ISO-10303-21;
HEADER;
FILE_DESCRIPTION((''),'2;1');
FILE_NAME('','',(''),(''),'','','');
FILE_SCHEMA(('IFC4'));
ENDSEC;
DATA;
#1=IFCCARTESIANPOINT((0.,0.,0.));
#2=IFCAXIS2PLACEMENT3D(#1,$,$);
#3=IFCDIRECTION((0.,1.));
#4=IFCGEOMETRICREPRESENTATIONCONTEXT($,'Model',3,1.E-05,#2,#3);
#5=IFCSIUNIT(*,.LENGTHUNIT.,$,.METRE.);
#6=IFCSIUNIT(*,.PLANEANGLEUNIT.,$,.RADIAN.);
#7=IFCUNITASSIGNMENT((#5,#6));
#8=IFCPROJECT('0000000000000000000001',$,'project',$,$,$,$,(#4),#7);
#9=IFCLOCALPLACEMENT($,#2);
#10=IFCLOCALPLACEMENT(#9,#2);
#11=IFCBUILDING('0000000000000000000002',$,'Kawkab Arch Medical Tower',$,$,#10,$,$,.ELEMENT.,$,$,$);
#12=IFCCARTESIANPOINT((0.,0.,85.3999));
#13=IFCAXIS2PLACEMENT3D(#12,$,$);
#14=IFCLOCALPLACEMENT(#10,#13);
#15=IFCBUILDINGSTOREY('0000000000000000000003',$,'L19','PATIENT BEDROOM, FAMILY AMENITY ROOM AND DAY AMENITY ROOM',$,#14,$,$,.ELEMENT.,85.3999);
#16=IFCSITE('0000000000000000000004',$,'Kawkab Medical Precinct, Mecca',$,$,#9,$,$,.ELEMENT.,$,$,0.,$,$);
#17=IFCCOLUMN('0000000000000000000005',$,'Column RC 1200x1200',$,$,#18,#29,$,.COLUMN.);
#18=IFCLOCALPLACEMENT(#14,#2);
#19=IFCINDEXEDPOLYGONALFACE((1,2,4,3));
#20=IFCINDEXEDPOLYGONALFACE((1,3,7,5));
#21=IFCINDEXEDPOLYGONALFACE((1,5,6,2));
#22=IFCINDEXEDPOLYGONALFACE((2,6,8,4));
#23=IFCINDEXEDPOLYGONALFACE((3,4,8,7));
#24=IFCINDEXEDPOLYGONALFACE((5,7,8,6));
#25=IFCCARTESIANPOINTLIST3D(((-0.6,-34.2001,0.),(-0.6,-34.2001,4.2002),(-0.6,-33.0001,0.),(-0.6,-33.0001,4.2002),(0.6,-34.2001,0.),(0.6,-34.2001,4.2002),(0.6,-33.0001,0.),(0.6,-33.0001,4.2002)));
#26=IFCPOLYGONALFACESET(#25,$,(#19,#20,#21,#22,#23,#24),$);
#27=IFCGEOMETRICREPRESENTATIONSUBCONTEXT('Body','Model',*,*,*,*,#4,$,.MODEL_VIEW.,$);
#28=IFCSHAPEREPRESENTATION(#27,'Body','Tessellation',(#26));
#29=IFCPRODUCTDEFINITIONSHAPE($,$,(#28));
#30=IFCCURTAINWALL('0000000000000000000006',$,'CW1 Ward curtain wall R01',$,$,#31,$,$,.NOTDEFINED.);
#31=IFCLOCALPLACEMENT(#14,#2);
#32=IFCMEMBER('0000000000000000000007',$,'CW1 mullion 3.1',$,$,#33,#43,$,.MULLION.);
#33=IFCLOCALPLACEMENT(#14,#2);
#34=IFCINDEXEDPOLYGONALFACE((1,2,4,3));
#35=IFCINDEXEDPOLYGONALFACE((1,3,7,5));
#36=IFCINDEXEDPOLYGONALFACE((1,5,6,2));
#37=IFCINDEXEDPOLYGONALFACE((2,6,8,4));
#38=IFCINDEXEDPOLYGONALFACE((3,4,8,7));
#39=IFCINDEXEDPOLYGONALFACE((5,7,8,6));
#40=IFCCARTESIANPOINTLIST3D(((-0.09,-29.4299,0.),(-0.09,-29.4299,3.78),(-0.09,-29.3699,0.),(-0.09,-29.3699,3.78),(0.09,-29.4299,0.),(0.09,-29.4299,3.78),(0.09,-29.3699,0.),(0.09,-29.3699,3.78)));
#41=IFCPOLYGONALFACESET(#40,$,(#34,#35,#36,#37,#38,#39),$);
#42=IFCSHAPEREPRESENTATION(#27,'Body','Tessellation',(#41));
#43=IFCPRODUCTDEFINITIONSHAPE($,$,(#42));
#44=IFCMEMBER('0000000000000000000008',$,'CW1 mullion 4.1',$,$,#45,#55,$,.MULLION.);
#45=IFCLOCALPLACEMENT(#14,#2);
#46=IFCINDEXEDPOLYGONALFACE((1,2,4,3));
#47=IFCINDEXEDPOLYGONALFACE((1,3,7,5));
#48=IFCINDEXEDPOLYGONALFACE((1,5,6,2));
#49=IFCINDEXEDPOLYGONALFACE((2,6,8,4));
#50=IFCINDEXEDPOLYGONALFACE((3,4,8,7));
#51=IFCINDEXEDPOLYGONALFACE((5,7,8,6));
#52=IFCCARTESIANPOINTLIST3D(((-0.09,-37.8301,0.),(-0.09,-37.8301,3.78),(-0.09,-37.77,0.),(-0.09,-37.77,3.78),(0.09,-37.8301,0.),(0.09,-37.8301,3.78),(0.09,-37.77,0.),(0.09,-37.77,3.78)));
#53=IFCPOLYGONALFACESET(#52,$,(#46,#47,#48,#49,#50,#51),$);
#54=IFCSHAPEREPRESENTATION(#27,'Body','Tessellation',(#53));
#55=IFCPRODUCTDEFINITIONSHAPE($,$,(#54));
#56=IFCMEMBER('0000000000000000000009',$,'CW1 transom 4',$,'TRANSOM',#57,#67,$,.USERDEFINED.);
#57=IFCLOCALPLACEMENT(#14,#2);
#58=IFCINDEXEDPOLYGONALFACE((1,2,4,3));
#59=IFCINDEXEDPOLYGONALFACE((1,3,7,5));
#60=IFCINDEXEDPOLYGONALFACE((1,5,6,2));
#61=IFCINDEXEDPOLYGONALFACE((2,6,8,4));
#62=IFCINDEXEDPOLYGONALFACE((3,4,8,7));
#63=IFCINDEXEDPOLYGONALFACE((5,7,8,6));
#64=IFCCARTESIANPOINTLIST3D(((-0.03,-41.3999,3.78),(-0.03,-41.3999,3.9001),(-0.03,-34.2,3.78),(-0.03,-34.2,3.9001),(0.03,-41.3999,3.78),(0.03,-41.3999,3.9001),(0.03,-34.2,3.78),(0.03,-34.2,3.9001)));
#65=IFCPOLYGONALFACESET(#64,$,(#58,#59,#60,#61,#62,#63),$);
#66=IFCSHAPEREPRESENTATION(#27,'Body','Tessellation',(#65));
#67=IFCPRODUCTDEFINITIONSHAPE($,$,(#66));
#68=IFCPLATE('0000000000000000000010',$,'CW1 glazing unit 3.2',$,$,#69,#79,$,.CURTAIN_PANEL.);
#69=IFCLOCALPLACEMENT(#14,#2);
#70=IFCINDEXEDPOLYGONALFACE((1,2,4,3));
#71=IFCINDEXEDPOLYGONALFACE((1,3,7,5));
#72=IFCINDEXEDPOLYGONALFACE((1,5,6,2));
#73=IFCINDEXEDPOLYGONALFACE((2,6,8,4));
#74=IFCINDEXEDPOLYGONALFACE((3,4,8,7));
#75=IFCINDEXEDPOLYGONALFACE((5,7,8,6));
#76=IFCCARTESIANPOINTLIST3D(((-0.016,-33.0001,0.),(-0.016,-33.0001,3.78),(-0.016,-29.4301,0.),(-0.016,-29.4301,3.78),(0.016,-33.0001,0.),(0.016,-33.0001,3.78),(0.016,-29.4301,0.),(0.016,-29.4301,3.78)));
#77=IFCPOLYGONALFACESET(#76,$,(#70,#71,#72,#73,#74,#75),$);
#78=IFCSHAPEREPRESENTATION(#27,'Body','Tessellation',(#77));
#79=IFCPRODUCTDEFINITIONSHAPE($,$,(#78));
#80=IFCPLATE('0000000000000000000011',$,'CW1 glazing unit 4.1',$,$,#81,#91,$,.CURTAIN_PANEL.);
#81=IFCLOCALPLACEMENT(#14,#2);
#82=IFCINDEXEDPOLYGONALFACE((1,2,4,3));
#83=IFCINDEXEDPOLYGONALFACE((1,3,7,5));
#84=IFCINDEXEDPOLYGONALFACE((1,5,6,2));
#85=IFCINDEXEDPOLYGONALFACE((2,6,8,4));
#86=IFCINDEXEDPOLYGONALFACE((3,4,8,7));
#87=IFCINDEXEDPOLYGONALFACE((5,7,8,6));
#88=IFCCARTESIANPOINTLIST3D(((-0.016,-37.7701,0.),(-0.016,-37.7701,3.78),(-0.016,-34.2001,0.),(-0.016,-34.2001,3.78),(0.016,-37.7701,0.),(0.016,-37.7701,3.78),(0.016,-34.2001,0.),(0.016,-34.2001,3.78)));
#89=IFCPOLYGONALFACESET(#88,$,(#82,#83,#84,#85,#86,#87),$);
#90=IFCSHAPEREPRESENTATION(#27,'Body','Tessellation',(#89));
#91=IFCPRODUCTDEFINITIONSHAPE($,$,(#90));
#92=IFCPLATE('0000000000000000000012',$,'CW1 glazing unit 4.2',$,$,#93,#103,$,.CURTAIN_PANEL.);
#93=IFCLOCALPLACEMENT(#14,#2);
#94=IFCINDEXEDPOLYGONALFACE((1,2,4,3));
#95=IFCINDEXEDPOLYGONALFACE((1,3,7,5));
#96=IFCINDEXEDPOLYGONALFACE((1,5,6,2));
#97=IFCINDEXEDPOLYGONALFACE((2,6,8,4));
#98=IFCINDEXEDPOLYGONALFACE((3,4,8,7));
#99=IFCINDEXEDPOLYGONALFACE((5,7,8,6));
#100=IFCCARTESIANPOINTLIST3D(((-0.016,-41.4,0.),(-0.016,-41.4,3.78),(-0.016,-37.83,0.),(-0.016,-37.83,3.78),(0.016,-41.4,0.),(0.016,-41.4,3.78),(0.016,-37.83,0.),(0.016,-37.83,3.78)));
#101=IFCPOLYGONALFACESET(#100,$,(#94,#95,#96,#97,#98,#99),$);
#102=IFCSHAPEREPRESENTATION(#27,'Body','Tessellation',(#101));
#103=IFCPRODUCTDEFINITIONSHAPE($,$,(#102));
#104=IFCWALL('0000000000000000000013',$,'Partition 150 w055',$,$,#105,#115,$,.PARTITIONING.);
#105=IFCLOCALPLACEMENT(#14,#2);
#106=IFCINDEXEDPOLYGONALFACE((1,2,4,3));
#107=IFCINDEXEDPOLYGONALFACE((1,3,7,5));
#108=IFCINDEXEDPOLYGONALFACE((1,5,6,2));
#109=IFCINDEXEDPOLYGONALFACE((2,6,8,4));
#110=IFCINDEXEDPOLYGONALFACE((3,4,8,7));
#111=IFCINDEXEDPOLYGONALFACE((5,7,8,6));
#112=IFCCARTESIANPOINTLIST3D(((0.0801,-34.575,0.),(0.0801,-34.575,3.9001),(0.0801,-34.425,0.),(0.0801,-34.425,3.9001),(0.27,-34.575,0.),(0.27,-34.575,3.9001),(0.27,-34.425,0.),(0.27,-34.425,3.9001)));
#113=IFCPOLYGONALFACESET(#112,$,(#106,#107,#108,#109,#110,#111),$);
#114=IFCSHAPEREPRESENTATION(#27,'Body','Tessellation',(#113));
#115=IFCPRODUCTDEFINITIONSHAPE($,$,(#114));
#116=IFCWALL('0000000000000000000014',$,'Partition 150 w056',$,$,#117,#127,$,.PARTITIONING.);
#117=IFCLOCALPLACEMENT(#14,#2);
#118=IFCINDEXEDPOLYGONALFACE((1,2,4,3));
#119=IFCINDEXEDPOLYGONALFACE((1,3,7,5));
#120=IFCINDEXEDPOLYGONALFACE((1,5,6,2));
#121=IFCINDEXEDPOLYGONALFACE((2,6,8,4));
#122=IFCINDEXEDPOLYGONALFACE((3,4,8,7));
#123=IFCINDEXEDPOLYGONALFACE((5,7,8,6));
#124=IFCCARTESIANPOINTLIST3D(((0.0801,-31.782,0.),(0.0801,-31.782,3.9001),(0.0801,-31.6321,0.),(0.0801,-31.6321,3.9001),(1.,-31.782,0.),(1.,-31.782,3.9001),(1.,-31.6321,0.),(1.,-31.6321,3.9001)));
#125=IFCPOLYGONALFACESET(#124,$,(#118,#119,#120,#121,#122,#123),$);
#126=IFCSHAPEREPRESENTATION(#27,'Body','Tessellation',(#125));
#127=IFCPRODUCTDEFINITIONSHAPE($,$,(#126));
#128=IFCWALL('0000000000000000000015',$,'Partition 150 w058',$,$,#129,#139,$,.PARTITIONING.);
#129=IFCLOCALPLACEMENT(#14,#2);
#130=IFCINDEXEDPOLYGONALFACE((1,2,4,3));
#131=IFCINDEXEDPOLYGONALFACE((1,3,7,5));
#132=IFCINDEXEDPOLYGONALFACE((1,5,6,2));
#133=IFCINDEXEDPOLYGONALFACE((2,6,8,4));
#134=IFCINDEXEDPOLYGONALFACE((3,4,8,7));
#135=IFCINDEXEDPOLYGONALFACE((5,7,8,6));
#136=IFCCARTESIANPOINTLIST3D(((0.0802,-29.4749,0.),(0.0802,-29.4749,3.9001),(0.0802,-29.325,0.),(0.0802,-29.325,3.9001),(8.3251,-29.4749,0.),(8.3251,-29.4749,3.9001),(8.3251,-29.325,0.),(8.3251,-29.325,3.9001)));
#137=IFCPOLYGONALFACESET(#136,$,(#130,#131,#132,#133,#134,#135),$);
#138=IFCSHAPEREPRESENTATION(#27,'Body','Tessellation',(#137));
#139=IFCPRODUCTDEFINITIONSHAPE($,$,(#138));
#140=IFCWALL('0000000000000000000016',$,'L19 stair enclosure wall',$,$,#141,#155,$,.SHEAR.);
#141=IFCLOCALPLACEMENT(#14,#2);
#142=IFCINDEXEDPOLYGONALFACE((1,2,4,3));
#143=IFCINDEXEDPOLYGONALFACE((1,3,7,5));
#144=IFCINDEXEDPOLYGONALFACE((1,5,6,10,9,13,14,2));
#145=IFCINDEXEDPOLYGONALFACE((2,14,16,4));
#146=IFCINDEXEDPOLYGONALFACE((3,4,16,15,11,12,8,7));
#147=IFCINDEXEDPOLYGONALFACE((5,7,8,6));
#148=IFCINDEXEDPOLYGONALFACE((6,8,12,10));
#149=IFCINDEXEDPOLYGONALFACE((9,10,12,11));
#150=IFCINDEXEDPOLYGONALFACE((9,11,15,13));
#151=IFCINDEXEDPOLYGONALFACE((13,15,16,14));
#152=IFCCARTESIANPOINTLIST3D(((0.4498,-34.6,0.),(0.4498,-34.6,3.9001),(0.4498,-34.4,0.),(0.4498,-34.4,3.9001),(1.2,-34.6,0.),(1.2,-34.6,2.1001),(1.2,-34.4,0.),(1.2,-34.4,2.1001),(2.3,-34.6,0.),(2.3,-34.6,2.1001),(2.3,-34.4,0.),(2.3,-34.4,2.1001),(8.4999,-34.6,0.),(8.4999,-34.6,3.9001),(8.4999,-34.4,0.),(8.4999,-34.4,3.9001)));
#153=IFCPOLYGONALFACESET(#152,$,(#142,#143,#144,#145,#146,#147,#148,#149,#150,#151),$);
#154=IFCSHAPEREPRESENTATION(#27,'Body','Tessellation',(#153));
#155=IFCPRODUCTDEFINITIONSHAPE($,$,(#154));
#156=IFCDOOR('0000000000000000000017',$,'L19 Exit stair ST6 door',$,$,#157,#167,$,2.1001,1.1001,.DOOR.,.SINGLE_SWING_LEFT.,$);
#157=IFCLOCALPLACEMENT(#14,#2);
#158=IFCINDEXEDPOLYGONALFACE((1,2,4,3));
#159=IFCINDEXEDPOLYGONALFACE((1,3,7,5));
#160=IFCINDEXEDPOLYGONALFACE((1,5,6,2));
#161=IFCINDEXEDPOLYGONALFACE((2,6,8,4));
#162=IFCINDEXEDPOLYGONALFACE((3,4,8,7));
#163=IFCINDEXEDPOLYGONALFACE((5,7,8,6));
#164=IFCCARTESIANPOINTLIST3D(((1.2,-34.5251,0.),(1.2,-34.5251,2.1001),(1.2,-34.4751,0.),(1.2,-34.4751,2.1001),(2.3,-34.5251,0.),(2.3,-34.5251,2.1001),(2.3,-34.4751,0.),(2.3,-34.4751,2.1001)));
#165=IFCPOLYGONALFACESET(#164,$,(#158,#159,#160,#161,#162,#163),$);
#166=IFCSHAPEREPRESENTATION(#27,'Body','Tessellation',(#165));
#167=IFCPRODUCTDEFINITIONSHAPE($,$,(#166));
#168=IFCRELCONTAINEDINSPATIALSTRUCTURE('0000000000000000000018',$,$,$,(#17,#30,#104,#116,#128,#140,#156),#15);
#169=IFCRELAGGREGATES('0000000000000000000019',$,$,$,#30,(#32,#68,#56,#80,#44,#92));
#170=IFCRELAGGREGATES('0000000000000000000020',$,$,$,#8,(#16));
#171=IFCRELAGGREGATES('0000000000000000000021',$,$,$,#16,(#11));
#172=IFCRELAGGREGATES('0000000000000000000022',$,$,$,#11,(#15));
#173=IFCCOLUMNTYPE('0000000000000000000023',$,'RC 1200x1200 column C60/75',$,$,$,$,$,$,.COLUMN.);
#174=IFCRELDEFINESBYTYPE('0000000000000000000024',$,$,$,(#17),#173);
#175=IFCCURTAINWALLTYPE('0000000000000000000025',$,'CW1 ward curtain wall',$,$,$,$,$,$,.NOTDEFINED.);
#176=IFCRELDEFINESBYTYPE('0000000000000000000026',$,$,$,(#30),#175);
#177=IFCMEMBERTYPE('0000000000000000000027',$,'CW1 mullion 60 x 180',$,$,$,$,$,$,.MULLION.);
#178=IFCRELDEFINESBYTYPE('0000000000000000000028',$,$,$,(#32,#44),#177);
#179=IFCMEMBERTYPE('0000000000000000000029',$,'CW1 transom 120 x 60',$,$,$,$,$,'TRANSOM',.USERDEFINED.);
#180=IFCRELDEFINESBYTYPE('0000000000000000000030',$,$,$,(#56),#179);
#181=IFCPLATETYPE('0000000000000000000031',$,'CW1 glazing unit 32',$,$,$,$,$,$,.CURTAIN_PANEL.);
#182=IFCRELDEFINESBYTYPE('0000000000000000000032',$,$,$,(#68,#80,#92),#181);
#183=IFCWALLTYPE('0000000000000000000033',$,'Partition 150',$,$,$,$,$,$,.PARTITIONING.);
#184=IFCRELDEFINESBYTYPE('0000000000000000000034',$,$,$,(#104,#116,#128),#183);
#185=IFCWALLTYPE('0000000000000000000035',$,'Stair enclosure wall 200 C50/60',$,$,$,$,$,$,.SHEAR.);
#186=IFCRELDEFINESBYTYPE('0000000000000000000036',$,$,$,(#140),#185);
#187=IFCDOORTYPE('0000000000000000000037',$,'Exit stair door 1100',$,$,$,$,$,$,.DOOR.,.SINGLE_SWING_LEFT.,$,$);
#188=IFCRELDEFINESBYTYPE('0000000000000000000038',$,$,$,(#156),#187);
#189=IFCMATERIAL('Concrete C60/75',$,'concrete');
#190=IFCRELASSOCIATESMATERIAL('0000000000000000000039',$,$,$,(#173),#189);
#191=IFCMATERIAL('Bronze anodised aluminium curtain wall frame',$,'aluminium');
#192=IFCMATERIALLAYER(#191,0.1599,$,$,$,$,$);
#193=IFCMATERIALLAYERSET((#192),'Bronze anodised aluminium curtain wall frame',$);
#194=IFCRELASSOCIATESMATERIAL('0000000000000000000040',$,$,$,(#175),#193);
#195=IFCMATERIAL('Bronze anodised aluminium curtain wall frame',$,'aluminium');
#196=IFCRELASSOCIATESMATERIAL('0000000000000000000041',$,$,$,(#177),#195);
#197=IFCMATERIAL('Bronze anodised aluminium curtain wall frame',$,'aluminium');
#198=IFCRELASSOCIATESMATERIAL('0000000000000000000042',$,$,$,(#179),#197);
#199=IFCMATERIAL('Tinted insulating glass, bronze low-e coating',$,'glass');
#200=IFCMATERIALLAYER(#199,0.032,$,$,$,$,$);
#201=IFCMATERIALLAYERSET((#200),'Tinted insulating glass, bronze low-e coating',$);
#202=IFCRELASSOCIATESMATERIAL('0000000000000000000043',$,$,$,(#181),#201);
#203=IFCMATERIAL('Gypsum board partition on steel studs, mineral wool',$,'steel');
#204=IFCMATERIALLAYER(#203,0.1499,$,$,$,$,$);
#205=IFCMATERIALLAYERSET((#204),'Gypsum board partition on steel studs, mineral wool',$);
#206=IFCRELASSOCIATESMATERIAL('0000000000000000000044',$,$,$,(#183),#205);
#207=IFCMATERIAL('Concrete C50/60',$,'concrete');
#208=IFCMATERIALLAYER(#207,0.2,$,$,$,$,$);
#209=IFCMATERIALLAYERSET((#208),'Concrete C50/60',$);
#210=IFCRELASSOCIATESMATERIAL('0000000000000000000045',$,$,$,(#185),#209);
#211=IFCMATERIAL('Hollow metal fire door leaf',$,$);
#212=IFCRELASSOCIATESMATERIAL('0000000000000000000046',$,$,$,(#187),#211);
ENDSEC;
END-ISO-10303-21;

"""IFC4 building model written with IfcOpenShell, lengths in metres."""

from ifc_helpers import new_model, si_unit, direction, frame, frame_2d, origin, origin_2d, place, context, subcontext, project, spatial, rectangle, extrude, material, layer, layer_set, material_profile, profile_set, type_object, element, fill, aggregate, save


model = new_model("IFC4")

# Units and contexts
model_context = context("Model", 3, precision=1e-05, world=origin(), true_north=direction((0.0, 1.0)))
body_context = subcontext(model_context, "Body", "Model", "MODEL_VIEW")
ifc_project = project(units=[si_unit("LENGTHUNIT", "METRE"), si_unit("PLANEANGLEUNIT", "RADIAN")], contexts=[model_context])

# Site, building, storey
site_placement = place(None, origin())
site = spatial("IfcSite", under=ifc_project, at=site_placement, Name="Kawkab Medical Precinct, Mecca", CompositionType="ELEMENT", RefElevation=0.0)
building_placement = place(site_placement, origin())
building = spatial("IfcBuilding", under=site, at=building_placement, Name="Kawkab Arch Medical Tower", CompositionType="ELEMENT")
storey_placement = place(building_placement, frame((0.0, 0.0, 85.3999)))
storey = spatial("IfcBuildingStorey", under=building, at=storey_placement, Name="L19", Description="PATIENT BEDROOM, FAMILY AMENITY ROOM AND DAY AMENITY ROOM", CompositionType="ELEMENT", Elevation=85.3999)

# Column
ifc_material_1 = material(Name="Concrete C60/75", Category="concrete")
ifc_material_profile_1 = material_profile(ifc_material_1, rectangle(XDim=1.2, YDim=1.2, at=origin_2d()), Name="RC 1200x1200")
ifc_profile_set_1 = profile_set([ifc_material_profile_1], Name="Concrete C60/75")
column_type = type_object("IfcColumnType", Name="RC 1200x1200 column C60/75", PredefinedType="COLUMN", material=ifc_profile_set_1)
column_placement = place(storey_placement, frame((0.0, -33.6001, 0.0), z_axis=(0.0, 0.0, 1.0), x_axis=(1.0, 0.0, 0.0)))
element("IfcColumn", 1, at=column_placement, inside=storey, type_object=column_type, Name="Column RC 1200x1200", PredefinedType="COLUMN", context=body_context, shape_type="SweptSolid", body=[
    extrude(rectangle(XDim=1.2, YDim=1.2, at=origin_2d()), origin(), (0.0, 0.0, 1.0), 4.2002),
])

# Curtain wall, members, plates
ifc_material_2 = material(Name="Bronze anodised aluminium curtain wall frame", Category="aluminium")
ifc_layer_1 = layer(ifc_material_2, 0.1599)
ifc_layer_set_1 = layer_set([ifc_layer_1], Name="Bronze anodised aluminium curtain wall frame")
curtain_wall_type = type_object("IfcCurtainWallType", Name="CW1 ward curtain wall", PredefinedType="NOTDEFINED", material=ifc_layer_set_1)
curtain_wall_placement = place(storey_placement, origin())
curtain_wall = element("IfcCurtainWall", 2, at=curtain_wall_placement, inside=storey, type_object=curtain_wall_type, Name="CW1 Ward curtain wall R01", PredefinedType="NOTDEFINED")
ifc_material_3 = material(Name="Bronze anodised aluminium curtain wall frame", Category="aluminium")
ifc_material_profile_2 = material_profile(ifc_material_3, rectangle(XDim=0.1799, YDim=0.0601, at=origin_2d()), Name="AL 60x180")
ifc_profile_set_2 = profile_set([ifc_material_profile_2], Name="Bronze anodised aluminium curtain wall frame")
member_type_1 = type_object("IfcMemberType", Name="CW1 mullion 60 x 180", PredefinedType="MULLION", material=ifc_profile_set_2)
member_1_placement = place(storey_placement, frame((0.0, -29.3999, 0.0), z_axis=(0.0, 0.0, 1.0), x_axis=(1.0, 0.0, 0.0)))
member_1 = element("IfcMember", 3, at=member_1_placement, type_object=member_type_1, Name="CW1 mullion 3.1", PredefinedType="MULLION", context=body_context, shape_type="SweptSolid", body=[
    extrude(rectangle(XDim=0.1799, YDim=0.0601, at=origin_2d()), origin(), (0.0, 0.0, 1.0), 3.78),
])
member_2_placement = place(storey_placement, frame((0.0, -37.8, 0.0), z_axis=(0.0, 0.0, 1.0), x_axis=(1.0, 0.0, 0.0)))
member_2 = element("IfcMember", 4, at=member_2_placement, type_object=member_type_1, Name="CW1 mullion 4.1", PredefinedType="MULLION", context=body_context, shape_type="SweptSolid", body=[
    extrude(rectangle(XDim=0.1799, YDim=0.0601, at=origin_2d()), origin(), (0.0, 0.0, 1.0), 3.78),
])
ifc_material_4 = material(Name="Bronze anodised aluminium curtain wall frame", Category="aluminium")
ifc_material_profile_3 = material_profile(ifc_material_4, rectangle(XDim=0.0601, YDim=0.1201, at=origin_2d()), Name="AL 60x120")
ifc_profile_set_3 = profile_set([ifc_material_profile_3], Name="Bronze anodised aluminium curtain wall frame")
member_type_2 = type_object("IfcMemberType", Name="CW1 transom 120 x 60", ElementType="TRANSOM", PredefinedType="USERDEFINED", material=ifc_profile_set_3)
member_3_placement = place(storey_placement, frame((0.0, -34.2, 3.8401), z_axis=(0.0, -1.0, 0.0), x_axis=(1.0, 0.0, 0.0)))
member_3 = element("IfcMember", 5, at=member_3_placement, type_object=member_type_2, Name="CW1 transom 4", ObjectType="TRANSOM", PredefinedType="USERDEFINED", context=body_context, shape_type="SweptSolid", body=[
    extrude(rectangle(XDim=0.0601, YDim=0.1201, at=origin_2d()), origin(), (0.0, 0.0, 1.0), 7.2),
])
ifc_material_5 = material(Name="Tinted insulating glass, bronze low-e coating", Category="glass")
ifc_layer_2 = layer(ifc_material_5, 0.032)
ifc_layer_set_2 = layer_set([ifc_layer_2], Name="Tinted insulating glass, bronze low-e coating")
plate_type = type_object("IfcPlateType", Name="CW1 glazing unit 32", PredefinedType="CURTAIN_PANEL", material=ifc_layer_set_2)
plate_1_placement = place(storey_placement, frame((0.0, -31.2151, 0.0), z_axis=(0.0, 0.0, 1.0), x_axis=(0.0, -1.0, 0.0)))
plate_1 = element("IfcPlate", 6, at=plate_1_placement, type_object=plate_type, Name="CW1 glazing unit 3.2", PredefinedType="CURTAIN_PANEL", context=body_context, shape_type="SweptSolid", body=[
    extrude(rectangle(XDim=3.5701, YDim=0.032, at=origin_2d()), origin(), (0.0, 0.0, 1.0), 3.78),
])
plate_2_placement = place(storey_placement, frame((0.0, -35.9851, 0.0), z_axis=(0.0, 0.0, 1.0), x_axis=(0.0, -1.0, 0.0)))
plate_2 = element("IfcPlate", 7, at=plate_2_placement, type_object=plate_type, Name="CW1 glazing unit 4.1", PredefinedType="CURTAIN_PANEL", context=body_context, shape_type="SweptSolid", body=[
    extrude(rectangle(XDim=3.5701, YDim=0.032, at=origin_2d()), origin(), (0.0, 0.0, 1.0), 3.78),
])
plate_3_placement = place(storey_placement, frame((0.0, -39.615, 0.0), z_axis=(0.0, 0.0, 1.0), x_axis=(0.0, -1.0, 0.0)))
plate_3 = element("IfcPlate", 8, at=plate_3_placement, type_object=plate_type, Name="CW1 glazing unit 4.2", PredefinedType="CURTAIN_PANEL", context=body_context, shape_type="SweptSolid", body=[
    extrude(rectangle(XDim=3.5701, YDim=0.032, at=origin_2d()), origin(), (0.0, 0.0, 1.0), 3.78),
])
aggregate(curtain_wall, [member_1, plate_1, member_3, plate_2, member_2, plate_3])

# Walls
ifc_material_6 = material(Name="Gypsum board partition on steel studs, mineral wool", Category="steel")
ifc_layer_3 = layer(ifc_material_6, 0.1499)
ifc_layer_set_3 = layer_set([ifc_layer_3], Name="Gypsum board partition on steel studs, mineral wool")
wall_type_1 = type_object("IfcWallType", Name="Partition 150", PredefinedType="PARTITIONING", material=ifc_layer_set_3)
wall_1_placement = place(storey_placement, frame((0.0801, -34.5, 0.0), z_axis=(0.0, 0.0, 1.0), x_axis=(1.0, 0.0, 0.0)))
element("IfcWall", 9, at=wall_1_placement, inside=storey, type_object=wall_type_1, Name="Partition 150 w055", PredefinedType="PARTITIONING", context=body_context, shape_type="SweptSolid", body=[
    extrude(rectangle(XDim=0.1899, YDim=0.1499, at=frame_2d((0.095, 0.0))), origin(), (0.0, 0.0, 1.0), 3.9001),
])
wall_2_placement = place(storey_placement, frame((0.0801, -31.707, 0.0), z_axis=(0.0, 0.0, 1.0), x_axis=(1.0, 0.0, 0.0)))
element("IfcWall", 10, at=wall_2_placement, inside=storey, type_object=wall_type_1, Name="Partition 150 w056", PredefinedType="PARTITIONING", context=body_context, shape_type="SweptSolid", body=[
    extrude(rectangle(XDim=0.9199, YDim=0.1499, at=frame_2d((0.46, 0.0))), origin(), (0.0, 0.0, 1.0), 3.9001),
])
wall_3_placement = place(storey_placement, frame((0.0801, -29.3999, 0.0), z_axis=(0.0, 0.0, 1.0), x_axis=(1.0, 0.0, 0.0)))
element("IfcWall", 11, at=wall_3_placement, inside=storey, type_object=wall_type_1, Name="Partition 150 w058", PredefinedType="PARTITIONING", context=body_context, shape_type="SweptSolid", body=[
    extrude(rectangle(XDim=8.2449, YDim=0.1499, at=frame_2d((4.1226, 0.0))), origin(), (0.0, 0.0, 1.0), 3.9001),
])

# Wall, opening, door
ifc_material_7 = material(Name="Concrete C50/60", Category="concrete")
ifc_layer_4 = layer(ifc_material_7, 0.2)
ifc_layer_set_4 = layer_set([ifc_layer_4], Name="Concrete C50/60")
wall_type_2 = type_object("IfcWallType", Name="Stair enclosure wall 200 C50/60", PredefinedType="SHEAR", material=ifc_layer_set_4)
wall_4_placement = place(storey_placement, frame((0.45, -34.5, 0.0), z_axis=(0.0, 0.0, 1.0), x_axis=(1.0, 0.0, 0.0)))
wall_4 = element("IfcWall", 12, at=wall_4_placement, inside=storey, type_object=wall_type_2, Name="L19 stair enclosure wall", PredefinedType="SHEAR", context=body_context, shape_type="SweptSolid", body=[
    extrude(rectangle(XDim=8.05, YDim=0.2, at=frame_2d((4.0249, 0.0))), origin(), (0.0, 0.0, 1.0), 3.9001),
])
opening_1_placement = place(wall_4_placement, frame((0.75, 0.0, 0.0)))
opening_1 = element("IfcOpeningElement", 13, at=opening_1_placement, cuts=wall_4, PredefinedType="OPENING", context=body_context, shape_type="SweptSolid", body=[
    extrude(rectangle(XDim=1.1001, YDim=2.1001, at=frame_2d((0.55, 1.05))), frame((0.0, 0.1099, 0.0), z_axis=(0.0, -1.0, 0.0), x_axis=(1.0, 0.0, 0.0)), (0.0, 0.0, 1.0), 0.22),
])
ifc_material_8 = material(Name="Hollow metal fire door leaf")
door_type = type_object("IfcDoorType", Name="Exit stair door 1100", OperationType="SINGLE_SWING_LEFT", PredefinedType="DOOR", material=ifc_material_8)
door_1_placement = place(opening_1_placement, origin())
door_1 = element("IfcDoor", 14, at=door_1_placement, inside=storey, type_object=door_type, Name="L19 Exit stair ST6 door", OperationType="SINGLE_SWING_LEFT", OverallHeight=2.1001, OverallWidth=1.1001, PredefinedType="DOOR", context=body_context, shape_type="SweptSolid", body=[
    extrude(rectangle(XDim=1.1001, YDim=2.1001, at=frame_2d((0.55, 1.05))), frame((0.0, 0.0249, 0.0), z_axis=(0.0, -1.0, 0.0), x_axis=(1.0, 0.0, 0.0)), (0.0, 0.0, 1.0), 0.05),
])
fill(opening_1, door_1)

save(model, "model.ifc")
